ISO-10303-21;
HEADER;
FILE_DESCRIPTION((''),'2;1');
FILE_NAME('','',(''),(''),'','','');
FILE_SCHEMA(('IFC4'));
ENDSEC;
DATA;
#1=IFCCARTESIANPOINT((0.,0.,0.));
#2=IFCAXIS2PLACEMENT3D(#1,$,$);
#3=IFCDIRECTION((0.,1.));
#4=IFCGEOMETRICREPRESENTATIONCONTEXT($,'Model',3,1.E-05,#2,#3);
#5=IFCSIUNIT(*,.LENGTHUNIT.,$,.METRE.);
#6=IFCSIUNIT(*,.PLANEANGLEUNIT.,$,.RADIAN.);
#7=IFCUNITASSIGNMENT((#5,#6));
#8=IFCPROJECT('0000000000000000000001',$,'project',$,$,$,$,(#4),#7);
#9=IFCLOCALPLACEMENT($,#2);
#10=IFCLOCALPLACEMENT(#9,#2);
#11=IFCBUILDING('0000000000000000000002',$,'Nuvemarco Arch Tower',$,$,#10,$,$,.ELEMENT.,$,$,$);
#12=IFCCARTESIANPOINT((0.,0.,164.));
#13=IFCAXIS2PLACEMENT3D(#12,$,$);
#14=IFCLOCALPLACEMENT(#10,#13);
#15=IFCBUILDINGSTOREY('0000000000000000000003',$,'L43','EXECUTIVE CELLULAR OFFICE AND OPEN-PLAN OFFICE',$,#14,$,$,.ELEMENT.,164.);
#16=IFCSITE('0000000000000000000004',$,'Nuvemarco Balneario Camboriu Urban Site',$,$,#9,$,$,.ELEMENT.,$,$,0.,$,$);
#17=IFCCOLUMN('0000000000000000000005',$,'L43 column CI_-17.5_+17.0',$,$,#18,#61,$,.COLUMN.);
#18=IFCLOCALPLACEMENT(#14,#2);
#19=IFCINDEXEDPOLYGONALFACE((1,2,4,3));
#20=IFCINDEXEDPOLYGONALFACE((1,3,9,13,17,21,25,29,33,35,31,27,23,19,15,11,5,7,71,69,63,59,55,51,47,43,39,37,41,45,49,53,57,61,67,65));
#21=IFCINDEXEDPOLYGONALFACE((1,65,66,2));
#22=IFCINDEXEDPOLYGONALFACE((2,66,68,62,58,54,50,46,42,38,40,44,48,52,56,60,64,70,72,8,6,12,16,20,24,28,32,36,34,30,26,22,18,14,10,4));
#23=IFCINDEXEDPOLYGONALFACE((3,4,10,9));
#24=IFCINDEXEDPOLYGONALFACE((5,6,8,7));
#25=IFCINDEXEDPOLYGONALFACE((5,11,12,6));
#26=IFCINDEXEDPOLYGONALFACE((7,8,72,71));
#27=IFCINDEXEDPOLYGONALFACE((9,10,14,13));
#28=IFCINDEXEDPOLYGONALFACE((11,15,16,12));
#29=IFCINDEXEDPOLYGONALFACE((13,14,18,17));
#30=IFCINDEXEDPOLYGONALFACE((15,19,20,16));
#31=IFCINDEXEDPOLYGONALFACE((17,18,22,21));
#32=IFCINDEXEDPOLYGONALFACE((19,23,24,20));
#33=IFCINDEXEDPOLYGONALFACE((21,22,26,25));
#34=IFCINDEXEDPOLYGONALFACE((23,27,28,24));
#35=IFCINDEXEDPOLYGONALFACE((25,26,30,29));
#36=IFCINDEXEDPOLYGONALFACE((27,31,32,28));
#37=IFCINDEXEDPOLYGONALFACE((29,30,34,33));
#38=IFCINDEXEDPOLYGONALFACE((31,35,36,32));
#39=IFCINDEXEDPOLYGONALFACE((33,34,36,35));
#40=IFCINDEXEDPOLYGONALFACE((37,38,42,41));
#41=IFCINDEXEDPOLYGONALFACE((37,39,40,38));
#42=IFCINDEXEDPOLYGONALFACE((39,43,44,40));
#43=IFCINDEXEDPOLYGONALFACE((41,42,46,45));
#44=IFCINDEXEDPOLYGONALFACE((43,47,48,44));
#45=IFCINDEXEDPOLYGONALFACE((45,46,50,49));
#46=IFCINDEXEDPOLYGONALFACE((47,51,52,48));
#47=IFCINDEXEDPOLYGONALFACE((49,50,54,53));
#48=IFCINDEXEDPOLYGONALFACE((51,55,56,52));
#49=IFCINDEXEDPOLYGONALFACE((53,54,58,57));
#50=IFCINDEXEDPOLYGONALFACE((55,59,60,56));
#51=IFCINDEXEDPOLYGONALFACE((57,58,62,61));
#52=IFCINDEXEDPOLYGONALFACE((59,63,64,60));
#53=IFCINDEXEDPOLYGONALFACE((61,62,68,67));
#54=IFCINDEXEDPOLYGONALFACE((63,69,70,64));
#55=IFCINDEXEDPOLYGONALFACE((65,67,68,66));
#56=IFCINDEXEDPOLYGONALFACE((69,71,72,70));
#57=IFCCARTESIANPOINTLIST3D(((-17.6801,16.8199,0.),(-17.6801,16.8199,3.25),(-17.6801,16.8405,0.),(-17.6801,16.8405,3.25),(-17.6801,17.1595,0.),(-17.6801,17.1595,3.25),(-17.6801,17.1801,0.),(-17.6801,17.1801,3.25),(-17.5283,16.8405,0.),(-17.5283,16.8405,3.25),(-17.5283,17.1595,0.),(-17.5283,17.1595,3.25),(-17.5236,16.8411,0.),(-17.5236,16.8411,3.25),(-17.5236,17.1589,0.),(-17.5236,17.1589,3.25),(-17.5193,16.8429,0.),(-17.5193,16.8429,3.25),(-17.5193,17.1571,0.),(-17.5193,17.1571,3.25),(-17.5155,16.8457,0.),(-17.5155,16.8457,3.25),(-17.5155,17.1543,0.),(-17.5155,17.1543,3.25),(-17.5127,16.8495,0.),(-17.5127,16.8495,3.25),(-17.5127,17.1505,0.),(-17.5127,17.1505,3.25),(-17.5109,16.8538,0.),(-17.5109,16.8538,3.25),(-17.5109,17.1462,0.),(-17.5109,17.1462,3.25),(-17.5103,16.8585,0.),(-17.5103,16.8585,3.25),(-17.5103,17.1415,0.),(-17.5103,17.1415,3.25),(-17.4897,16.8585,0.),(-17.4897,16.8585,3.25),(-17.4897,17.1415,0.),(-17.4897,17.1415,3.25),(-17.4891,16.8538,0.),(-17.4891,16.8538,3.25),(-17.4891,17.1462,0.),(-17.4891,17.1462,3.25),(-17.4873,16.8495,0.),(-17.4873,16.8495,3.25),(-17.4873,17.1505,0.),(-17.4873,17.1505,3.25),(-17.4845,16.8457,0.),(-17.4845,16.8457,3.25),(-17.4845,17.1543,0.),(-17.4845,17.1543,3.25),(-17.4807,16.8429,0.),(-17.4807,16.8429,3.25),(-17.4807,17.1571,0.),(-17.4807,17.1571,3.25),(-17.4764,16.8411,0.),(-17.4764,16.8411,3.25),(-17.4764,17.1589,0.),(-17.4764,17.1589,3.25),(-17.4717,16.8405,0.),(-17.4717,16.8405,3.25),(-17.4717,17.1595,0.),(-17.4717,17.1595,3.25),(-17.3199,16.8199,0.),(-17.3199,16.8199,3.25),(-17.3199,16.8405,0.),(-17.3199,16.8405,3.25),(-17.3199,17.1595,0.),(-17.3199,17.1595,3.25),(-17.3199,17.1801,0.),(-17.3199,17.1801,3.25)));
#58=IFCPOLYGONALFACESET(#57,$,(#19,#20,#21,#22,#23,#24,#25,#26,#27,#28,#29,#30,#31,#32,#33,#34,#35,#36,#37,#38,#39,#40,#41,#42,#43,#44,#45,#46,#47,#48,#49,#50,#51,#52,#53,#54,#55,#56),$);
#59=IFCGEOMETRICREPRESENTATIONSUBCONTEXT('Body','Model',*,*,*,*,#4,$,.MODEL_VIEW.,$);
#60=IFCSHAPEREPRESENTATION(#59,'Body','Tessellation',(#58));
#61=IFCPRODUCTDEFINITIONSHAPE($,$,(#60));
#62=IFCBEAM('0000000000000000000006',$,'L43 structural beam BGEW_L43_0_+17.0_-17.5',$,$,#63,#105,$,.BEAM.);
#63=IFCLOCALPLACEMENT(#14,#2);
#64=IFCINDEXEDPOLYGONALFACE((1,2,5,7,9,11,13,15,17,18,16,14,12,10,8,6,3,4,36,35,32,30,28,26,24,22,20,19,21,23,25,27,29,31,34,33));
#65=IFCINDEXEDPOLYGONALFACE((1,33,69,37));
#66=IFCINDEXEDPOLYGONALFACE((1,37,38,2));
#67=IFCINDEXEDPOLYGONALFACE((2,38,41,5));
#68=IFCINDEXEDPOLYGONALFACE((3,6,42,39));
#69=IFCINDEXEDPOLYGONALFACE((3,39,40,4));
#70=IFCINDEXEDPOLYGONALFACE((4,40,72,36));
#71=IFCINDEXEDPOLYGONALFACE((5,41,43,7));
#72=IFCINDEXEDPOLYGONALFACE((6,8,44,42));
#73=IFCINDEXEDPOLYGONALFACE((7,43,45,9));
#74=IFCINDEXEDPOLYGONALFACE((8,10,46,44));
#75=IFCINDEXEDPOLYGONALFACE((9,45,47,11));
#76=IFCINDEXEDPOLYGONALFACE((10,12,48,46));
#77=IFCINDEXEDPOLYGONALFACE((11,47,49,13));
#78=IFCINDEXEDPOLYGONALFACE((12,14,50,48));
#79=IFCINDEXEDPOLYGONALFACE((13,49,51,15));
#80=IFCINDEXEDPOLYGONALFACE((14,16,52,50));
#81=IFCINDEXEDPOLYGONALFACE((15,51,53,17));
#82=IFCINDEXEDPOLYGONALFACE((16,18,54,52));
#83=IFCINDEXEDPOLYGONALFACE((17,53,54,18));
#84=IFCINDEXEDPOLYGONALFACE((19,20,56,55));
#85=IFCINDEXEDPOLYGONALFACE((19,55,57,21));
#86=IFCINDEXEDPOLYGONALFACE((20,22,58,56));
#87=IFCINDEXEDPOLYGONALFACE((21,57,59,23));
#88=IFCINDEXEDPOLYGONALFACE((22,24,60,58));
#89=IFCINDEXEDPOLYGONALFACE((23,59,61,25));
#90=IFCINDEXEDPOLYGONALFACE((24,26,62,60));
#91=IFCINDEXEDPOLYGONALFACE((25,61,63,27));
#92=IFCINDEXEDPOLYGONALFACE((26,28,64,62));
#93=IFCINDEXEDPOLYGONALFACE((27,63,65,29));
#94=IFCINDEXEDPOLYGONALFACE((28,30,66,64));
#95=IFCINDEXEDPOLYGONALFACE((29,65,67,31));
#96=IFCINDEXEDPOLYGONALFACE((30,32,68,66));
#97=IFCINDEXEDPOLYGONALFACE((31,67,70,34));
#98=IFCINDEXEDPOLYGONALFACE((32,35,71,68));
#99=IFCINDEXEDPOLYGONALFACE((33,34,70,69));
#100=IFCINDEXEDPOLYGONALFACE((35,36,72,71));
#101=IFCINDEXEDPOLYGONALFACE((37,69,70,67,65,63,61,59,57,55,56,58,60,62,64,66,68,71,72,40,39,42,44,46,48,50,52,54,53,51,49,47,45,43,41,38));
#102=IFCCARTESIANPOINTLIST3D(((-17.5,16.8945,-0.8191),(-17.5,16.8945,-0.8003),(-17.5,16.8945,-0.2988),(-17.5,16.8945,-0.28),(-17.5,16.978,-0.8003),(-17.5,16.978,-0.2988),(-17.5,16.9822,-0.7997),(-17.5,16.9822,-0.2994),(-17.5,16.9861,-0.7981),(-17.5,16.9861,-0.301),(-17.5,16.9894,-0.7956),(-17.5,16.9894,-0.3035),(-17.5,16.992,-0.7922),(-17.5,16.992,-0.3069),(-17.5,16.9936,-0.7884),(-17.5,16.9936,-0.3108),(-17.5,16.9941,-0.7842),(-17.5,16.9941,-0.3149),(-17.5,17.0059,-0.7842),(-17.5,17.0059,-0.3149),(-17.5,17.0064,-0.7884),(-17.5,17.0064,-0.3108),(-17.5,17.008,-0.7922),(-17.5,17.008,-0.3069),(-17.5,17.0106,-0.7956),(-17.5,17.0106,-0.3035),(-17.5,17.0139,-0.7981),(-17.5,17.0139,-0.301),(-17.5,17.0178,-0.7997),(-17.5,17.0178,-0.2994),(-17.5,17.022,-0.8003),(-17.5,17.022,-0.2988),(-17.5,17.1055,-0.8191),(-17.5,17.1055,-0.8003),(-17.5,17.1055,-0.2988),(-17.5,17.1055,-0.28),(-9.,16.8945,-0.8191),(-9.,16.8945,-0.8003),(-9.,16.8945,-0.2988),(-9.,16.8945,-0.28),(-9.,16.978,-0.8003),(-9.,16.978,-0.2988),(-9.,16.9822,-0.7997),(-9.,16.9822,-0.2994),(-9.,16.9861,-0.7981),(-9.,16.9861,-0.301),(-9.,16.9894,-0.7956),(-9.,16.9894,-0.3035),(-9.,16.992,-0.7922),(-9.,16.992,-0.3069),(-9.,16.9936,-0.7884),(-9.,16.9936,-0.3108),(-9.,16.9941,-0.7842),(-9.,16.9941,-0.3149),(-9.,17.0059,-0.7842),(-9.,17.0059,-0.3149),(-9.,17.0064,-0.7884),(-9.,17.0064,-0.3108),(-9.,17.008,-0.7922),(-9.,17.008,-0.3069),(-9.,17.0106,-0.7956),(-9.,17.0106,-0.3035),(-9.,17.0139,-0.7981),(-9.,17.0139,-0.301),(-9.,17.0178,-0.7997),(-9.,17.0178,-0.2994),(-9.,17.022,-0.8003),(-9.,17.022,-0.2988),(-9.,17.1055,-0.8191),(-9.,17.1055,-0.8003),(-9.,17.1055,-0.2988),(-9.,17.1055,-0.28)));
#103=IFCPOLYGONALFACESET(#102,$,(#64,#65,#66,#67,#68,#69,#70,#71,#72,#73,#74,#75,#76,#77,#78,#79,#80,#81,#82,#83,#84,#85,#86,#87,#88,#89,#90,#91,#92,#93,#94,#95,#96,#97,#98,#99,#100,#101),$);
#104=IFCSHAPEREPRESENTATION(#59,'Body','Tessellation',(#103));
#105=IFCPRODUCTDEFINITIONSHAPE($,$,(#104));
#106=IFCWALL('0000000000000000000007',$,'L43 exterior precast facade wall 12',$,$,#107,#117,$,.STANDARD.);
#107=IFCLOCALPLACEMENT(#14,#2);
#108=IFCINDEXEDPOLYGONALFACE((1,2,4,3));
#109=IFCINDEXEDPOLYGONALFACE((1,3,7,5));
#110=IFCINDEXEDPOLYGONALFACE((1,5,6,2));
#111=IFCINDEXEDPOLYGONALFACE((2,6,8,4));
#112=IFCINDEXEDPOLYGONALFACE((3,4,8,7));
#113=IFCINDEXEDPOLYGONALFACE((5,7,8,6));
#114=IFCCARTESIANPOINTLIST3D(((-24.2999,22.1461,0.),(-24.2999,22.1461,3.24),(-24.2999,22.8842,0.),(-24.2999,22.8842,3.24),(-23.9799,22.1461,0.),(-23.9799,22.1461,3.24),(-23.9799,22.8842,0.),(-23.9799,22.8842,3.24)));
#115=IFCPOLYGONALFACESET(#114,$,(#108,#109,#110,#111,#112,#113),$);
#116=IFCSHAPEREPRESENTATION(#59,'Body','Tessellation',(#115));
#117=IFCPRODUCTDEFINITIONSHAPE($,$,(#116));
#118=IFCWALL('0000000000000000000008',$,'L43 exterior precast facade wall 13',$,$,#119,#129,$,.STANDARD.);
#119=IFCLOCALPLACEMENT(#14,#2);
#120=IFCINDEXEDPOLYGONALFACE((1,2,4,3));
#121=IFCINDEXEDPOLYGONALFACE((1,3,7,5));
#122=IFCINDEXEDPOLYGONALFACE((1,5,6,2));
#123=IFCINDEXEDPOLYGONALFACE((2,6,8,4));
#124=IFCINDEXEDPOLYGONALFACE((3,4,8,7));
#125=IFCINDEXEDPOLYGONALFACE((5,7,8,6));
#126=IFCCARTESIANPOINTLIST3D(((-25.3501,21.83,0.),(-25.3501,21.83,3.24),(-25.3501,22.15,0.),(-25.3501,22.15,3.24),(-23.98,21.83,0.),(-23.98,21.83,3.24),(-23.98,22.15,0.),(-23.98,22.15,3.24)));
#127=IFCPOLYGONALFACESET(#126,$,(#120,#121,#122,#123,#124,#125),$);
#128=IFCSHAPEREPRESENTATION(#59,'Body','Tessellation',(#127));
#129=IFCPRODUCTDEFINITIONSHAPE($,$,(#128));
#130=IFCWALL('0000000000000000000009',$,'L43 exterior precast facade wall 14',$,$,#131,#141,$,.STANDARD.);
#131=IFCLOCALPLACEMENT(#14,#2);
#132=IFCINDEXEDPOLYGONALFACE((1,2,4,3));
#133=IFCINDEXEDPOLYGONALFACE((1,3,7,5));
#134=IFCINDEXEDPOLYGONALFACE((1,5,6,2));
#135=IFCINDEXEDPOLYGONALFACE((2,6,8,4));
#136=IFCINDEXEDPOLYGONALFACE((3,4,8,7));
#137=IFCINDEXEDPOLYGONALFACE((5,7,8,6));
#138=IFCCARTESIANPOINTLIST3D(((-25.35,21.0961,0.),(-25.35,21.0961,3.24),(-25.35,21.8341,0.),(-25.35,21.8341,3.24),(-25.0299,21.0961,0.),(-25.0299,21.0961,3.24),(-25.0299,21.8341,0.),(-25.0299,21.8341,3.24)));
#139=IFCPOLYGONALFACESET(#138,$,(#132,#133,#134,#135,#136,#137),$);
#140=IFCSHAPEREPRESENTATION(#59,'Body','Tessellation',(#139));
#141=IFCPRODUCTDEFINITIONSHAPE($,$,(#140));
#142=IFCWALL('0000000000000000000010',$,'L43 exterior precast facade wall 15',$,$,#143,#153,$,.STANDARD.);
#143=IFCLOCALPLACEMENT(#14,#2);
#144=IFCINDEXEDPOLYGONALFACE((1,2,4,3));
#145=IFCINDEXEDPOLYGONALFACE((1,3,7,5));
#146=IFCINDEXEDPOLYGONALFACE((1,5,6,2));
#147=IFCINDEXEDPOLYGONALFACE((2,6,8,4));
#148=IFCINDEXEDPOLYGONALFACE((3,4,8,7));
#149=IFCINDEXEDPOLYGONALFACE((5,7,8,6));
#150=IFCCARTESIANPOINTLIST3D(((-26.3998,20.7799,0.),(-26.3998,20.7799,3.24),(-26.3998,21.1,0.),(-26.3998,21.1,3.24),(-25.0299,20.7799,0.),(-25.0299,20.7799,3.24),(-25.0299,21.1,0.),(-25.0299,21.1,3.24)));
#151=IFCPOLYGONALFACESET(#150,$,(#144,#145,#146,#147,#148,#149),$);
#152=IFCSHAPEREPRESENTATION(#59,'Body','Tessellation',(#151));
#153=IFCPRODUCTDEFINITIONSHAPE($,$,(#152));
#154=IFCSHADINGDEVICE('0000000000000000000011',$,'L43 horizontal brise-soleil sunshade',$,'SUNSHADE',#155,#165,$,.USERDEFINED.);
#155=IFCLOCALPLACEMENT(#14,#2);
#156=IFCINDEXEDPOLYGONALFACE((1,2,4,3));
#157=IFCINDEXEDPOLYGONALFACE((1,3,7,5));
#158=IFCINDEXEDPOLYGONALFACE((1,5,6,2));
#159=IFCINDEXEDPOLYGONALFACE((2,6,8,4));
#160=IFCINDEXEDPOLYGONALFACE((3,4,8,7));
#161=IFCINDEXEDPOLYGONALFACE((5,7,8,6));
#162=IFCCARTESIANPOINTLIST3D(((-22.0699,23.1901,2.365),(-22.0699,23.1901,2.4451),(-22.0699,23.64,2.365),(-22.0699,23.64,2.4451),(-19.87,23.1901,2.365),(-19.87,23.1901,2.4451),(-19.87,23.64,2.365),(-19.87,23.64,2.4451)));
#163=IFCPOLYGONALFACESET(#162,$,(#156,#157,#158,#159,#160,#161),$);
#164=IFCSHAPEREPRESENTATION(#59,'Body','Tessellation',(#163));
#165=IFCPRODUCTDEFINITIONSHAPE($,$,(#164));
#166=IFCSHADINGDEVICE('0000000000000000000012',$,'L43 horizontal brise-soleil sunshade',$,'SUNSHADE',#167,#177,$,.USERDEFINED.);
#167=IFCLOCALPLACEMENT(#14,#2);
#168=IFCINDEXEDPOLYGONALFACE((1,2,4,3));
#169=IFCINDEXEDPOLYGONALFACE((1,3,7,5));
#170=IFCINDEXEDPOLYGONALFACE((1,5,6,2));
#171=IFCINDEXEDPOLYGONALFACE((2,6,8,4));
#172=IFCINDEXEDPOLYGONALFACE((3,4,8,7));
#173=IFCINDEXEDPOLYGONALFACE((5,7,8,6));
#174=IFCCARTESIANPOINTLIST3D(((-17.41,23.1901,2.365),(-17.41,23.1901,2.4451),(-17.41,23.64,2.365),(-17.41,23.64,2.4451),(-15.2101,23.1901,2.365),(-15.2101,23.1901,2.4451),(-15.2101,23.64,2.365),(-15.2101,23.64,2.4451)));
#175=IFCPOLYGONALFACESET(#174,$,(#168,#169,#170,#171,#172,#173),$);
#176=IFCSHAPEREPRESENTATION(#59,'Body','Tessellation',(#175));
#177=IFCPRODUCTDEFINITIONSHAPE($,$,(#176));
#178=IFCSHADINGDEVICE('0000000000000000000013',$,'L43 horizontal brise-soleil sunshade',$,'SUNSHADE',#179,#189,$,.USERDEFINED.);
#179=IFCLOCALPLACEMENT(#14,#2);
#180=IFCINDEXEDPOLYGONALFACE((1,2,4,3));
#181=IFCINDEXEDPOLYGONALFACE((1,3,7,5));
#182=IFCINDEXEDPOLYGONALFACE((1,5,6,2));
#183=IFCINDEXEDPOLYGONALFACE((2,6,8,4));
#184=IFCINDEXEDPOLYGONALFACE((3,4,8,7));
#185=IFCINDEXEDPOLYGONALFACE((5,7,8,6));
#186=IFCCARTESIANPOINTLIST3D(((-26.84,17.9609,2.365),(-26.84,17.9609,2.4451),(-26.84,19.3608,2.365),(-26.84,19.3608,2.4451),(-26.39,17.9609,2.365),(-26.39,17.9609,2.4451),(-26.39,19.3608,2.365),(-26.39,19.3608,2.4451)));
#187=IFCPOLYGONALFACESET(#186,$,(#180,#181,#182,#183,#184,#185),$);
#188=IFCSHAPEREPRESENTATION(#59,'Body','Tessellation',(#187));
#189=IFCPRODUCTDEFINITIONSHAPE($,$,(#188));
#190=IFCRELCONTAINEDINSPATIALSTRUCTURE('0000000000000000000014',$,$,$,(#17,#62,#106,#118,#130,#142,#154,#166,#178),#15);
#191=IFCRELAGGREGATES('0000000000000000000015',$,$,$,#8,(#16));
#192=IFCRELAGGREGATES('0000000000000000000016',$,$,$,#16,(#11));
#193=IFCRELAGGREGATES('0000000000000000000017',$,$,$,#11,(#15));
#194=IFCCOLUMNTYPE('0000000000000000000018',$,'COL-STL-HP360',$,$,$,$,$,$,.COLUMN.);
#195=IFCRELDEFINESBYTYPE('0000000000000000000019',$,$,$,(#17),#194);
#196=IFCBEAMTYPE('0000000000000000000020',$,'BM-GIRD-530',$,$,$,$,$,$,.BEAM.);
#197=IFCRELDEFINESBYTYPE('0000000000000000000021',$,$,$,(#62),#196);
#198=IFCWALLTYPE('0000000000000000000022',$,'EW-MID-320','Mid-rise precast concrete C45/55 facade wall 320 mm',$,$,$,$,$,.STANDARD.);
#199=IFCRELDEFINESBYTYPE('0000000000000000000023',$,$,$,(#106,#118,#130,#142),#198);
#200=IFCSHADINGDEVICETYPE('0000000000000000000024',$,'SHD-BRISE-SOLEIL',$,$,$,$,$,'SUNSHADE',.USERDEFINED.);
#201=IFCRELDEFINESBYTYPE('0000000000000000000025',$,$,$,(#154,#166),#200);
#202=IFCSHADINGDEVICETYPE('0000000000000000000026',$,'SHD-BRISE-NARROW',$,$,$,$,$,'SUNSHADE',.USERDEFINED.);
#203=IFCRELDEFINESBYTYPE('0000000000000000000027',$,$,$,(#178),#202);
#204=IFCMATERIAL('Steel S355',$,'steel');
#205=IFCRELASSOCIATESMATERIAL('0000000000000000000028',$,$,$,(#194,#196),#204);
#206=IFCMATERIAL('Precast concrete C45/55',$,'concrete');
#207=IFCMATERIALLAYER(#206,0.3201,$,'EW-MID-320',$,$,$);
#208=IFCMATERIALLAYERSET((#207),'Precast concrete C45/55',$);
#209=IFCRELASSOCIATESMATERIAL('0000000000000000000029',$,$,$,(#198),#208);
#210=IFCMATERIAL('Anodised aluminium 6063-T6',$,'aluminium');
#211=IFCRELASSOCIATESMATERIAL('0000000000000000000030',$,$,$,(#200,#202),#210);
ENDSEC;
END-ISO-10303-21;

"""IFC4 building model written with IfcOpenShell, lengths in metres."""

from ifc_helpers import new_model, si_unit, direction, frame, frame_2d, origin, origin_2d, place, context, subcontext, project, spatial, rectangle, i_section, extrude, source, transform, mapped, material, layer, layer_set, material_profile, profile_set, type_object, type_shapes, element, save


model = new_model("IFC4")

# Units and contexts
model_context = context("Model", 3, precision=1e-05, world=origin(), true_north=direction((0.0, 1.0)))
body_context = subcontext(model_context, "Body", "Model", "MODEL_VIEW")
ifc_project = project(units=[si_unit("LENGTHUNIT", "METRE"), si_unit("PLANEANGLEUNIT", "RADIAN")], contexts=[model_context])

# Site, building, storey
site_placement = place(None, origin())
site = spatial("IfcSite", under=ifc_project, at=site_placement, Name="Nuvemarco Balneario Camboriu Urban Site", CompositionType="ELEMENT", RefElevation=0.0)
building_placement = place(site_placement, origin())
building = spatial("IfcBuilding", under=site, at=building_placement, Name="Nuvemarco Arch Tower", CompositionType="ELEMENT")
storey_placement = place(building_placement, frame((0.0, 0.0, 164.0)))
storey = spatial("IfcBuildingStorey", under=building, at=storey_placement, Name="L43", Description="EXECUTIVE CELLULAR OFFICE AND OPEN-PLAN OFFICE", CompositionType="ELEMENT", Elevation=164.0)

# Column
ifc_material_1 = material(Name="Steel S355", Category="steel")
ifc_material_profile_1 = material_profile(ifc_material_1, i_section(OverallWidth=0.3601, OverallDepth=0.3601, WebThickness=0.0205, FlangeThickness=0.0205, FilletRadius=0.0181, at=origin_2d()), Name="HP360x174")
ifc_profile_set_1 = profile_set([ifc_material_profile_1], Name="Steel S355")
column_type = type_object("IfcColumnType", Name="COL-STL-HP360", PredefinedType="COLUMN", material=ifc_profile_set_1)
column_placement = place(storey_placement, frame((-17.5, 17.0, 0.0), z_axis=(0.0, 0.0, 1.0), x_axis=(1.0, 0.0, 0.0)))
element("IfcColumn", 1, at=column_placement, inside=storey, type_object=column_type, Name="L43 column CI_-17.5_+17.0", PredefinedType="COLUMN", context=body_context, shape_type="SweptSolid", body=[
    extrude(i_section(OverallWidth=0.3601, OverallDepth=0.3601, WebThickness=0.0205, FlangeThickness=0.0205, FilletRadius=0.0181, at=origin_2d()), origin(), (0.0, 0.0, 1.0), 3.25),
])

# Beam
ifc_material_profile_2 = material_profile(ifc_material_1, i_section(OverallWidth=0.2109, OverallDepth=0.5391, WebThickness=0.0117, FlangeThickness=0.0188, FilletRadius=0.0161, at=origin_2d()), Name="W530x109")
ifc_profile_set_2 = profile_set([ifc_material_profile_2], Name="Steel S355")
beam_type = type_object("IfcBeamType", Name="BM-GIRD-530", PredefinedType="BEAM", material=ifc_profile_set_2)
beam_placement = place(storey_placement, frame((-17.5, 17.0, -0.5496), z_axis=(1.0, 0.0, 0.0), x_axis=(0.0, 1.0, 0.0)))
element("IfcBeam", 2, at=beam_placement, inside=storey, type_object=beam_type, Name="L43 structural beam BGEW_L43_0_+17.0_-17.5", PredefinedType="BEAM", context=body_context, shape_type="SweptSolid", body=[
    extrude(i_section(OverallWidth=0.2109, OverallDepth=0.5391, WebThickness=0.0117, FlangeThickness=0.0188, FilletRadius=0.0161, at=origin_2d()), origin(), (0.0, 0.0, 1.0), 8.5),
])

# Shared definitions
ifc_material_2 = material(Name="Precast concrete C45/55", Category="concrete")
ifc_layer = layer(ifc_material_2, 0.3201, Name="EW-MID-320")
ifc_layer_set = layer_set([ifc_layer], Name="Precast concrete C45/55")
wall_type = type_object("IfcWallType", Name="EW-MID-320", Description="Mid-rise precast concrete C45/55 facade wall 320 mm", PredefinedType="STANDARD", material=ifc_layer_set)

# Walls
wall_1_placement = place(storey_placement, frame((-24.1399, 22.146, 0.0), z_axis=(0.0, 0.0, 1.0), x_axis=(0.0, 1.0, 0.0)))
element("IfcWall", 3, at=wall_1_placement, inside=storey, type_object=wall_type, Name="L43 exterior precast facade wall 12", PredefinedType="STANDARD", context=body_context, shape_type="SweptSolid", body=[
    extrude(rectangle(XDim=0.738, YDim=0.3201, at=frame_2d((0.3691, 0.0))), origin(), (0.0, 0.0, 1.0), 3.24),
])
wall_2_placement = place(storey_placement, frame((-25.3501, 21.99, 0.0), z_axis=(0.0, 0.0, 1.0), x_axis=(1.0, 0.0, 0.0)))
element("IfcWall", 4, at=wall_2_placement, inside=storey, type_object=wall_type, Name="L43 exterior precast facade wall 13", PredefinedType="STANDARD", context=body_context, shape_type="SweptSolid", body=[
    extrude(rectangle(XDim=1.3701, YDim=0.3201, at=frame_2d((0.6851, 0.0))), origin(), (0.0, 0.0, 1.0), 3.24),
])
wall_3_placement = place(storey_placement, frame((-25.1899, 21.0959, 0.0), z_axis=(0.0, 0.0, 1.0), x_axis=(0.0, 1.0, 0.0)))
element("IfcWall", 5, at=wall_3_placement, inside=storey, type_object=wall_type, Name="L43 exterior precast facade wall 14", PredefinedType="STANDARD", context=body_context, shape_type="SweptSolid", body=[
    extrude(rectangle(XDim=0.738, YDim=0.3201, at=frame_2d((0.3691, 0.0))), origin(), (0.0, 0.0, 1.0), 3.24),
])
wall_4_placement = place(storey_placement, frame((-26.3999, 20.9399, 0.0), z_axis=(0.0, 0.0, 1.0), x_axis=(1.0, 0.0, 0.0)))
element("IfcWall", 6, at=wall_4_placement, inside=storey, type_object=wall_type, Name="L43 exterior precast facade wall 15", PredefinedType="STANDARD", context=body_context, shape_type="SweptSolid", body=[
    extrude(rectangle(XDim=1.3699, YDim=0.3201, at=frame_2d((0.6851, 0.0))), origin(), (0.0, 0.0, 1.0), 3.24),
])

# Shading devices
ifc_material_3 = material(Name="Anodised aluminium 6063-T6", Category="aluminium")
shading_device_type_1 = type_object("IfcShadingDeviceType", Name="SHD-BRISE-SOLEIL", ElementType="SUNSHADE", PredefinedType="USERDEFINED", material=ifc_material_3)
shared_shape_1 = source(origin(), body_context, "Body", "SweptSolid", [
    extrude(rectangle(XDim=2.2, YDim=0.45, at=origin_2d()), origin(), (0.0, 0.0, 1.0), 0.0801),
])
type_shapes(shading_device_type_1, [shared_shape_1])
for number, where, z_axis, x_axis, name in (
    (7, (-20.97, 23.415, 2.365), (0.0, 0.0, 1.0), (1.0, 0.0, 0.0), "L43 horizontal brise-soleil sunshade"),
    (8, (-16.3101, 23.415, 2.365), (0.0, 0.0, 1.0), (1.0, 0.0, 0.0), "L43 horizontal brise-soleil sunshade"),
):
    element("IfcShadingDevice", number, at=place(storey_placement, frame(where, z_axis=z_axis, x_axis=x_axis)), inside=storey, type_object=shading_device_type_1, Name=name, ObjectType="SUNSHADE", PredefinedType="USERDEFINED", context=body_context, shape_type="MappedRepresentation", body=[
        mapped(shared_shape_1, transform((0.0, 0.0, 0.0), scale=1.0)),
    ])
shading_device_type_2 = type_object("IfcShadingDeviceType", Name="SHD-BRISE-NARROW", ElementType="SUNSHADE", PredefinedType="USERDEFINED", material=ifc_material_3)
shared_shape_2 = source(origin(), body_context, "Body", "SweptSolid", [
    extrude(rectangle(XDim=1.3999, YDim=0.45, at=origin_2d()), origin(), (0.0, 0.0, 1.0), 0.0801),
])
type_shapes(shading_device_type_2, [shared_shape_2])
shading_device_placement = place(storey_placement, frame((-26.615, 18.6609, 2.365), z_axis=(0.0, 0.0, 1.0), x_axis=(0.0, 1.0, 0.0)))
element("IfcShadingDevice", 9, at=shading_device_placement, inside=storey, type_object=shading_device_type_2, Name="L43 horizontal brise-soleil sunshade", ObjectType="SUNSHADE", PredefinedType="USERDEFINED", context=body_context, shape_type="MappedRepresentation", body=[
    mapped(shared_shape_2, transform((0.0, 0.0, 0.0), scale=1.0)),
])

save(model, "model.ifc")
